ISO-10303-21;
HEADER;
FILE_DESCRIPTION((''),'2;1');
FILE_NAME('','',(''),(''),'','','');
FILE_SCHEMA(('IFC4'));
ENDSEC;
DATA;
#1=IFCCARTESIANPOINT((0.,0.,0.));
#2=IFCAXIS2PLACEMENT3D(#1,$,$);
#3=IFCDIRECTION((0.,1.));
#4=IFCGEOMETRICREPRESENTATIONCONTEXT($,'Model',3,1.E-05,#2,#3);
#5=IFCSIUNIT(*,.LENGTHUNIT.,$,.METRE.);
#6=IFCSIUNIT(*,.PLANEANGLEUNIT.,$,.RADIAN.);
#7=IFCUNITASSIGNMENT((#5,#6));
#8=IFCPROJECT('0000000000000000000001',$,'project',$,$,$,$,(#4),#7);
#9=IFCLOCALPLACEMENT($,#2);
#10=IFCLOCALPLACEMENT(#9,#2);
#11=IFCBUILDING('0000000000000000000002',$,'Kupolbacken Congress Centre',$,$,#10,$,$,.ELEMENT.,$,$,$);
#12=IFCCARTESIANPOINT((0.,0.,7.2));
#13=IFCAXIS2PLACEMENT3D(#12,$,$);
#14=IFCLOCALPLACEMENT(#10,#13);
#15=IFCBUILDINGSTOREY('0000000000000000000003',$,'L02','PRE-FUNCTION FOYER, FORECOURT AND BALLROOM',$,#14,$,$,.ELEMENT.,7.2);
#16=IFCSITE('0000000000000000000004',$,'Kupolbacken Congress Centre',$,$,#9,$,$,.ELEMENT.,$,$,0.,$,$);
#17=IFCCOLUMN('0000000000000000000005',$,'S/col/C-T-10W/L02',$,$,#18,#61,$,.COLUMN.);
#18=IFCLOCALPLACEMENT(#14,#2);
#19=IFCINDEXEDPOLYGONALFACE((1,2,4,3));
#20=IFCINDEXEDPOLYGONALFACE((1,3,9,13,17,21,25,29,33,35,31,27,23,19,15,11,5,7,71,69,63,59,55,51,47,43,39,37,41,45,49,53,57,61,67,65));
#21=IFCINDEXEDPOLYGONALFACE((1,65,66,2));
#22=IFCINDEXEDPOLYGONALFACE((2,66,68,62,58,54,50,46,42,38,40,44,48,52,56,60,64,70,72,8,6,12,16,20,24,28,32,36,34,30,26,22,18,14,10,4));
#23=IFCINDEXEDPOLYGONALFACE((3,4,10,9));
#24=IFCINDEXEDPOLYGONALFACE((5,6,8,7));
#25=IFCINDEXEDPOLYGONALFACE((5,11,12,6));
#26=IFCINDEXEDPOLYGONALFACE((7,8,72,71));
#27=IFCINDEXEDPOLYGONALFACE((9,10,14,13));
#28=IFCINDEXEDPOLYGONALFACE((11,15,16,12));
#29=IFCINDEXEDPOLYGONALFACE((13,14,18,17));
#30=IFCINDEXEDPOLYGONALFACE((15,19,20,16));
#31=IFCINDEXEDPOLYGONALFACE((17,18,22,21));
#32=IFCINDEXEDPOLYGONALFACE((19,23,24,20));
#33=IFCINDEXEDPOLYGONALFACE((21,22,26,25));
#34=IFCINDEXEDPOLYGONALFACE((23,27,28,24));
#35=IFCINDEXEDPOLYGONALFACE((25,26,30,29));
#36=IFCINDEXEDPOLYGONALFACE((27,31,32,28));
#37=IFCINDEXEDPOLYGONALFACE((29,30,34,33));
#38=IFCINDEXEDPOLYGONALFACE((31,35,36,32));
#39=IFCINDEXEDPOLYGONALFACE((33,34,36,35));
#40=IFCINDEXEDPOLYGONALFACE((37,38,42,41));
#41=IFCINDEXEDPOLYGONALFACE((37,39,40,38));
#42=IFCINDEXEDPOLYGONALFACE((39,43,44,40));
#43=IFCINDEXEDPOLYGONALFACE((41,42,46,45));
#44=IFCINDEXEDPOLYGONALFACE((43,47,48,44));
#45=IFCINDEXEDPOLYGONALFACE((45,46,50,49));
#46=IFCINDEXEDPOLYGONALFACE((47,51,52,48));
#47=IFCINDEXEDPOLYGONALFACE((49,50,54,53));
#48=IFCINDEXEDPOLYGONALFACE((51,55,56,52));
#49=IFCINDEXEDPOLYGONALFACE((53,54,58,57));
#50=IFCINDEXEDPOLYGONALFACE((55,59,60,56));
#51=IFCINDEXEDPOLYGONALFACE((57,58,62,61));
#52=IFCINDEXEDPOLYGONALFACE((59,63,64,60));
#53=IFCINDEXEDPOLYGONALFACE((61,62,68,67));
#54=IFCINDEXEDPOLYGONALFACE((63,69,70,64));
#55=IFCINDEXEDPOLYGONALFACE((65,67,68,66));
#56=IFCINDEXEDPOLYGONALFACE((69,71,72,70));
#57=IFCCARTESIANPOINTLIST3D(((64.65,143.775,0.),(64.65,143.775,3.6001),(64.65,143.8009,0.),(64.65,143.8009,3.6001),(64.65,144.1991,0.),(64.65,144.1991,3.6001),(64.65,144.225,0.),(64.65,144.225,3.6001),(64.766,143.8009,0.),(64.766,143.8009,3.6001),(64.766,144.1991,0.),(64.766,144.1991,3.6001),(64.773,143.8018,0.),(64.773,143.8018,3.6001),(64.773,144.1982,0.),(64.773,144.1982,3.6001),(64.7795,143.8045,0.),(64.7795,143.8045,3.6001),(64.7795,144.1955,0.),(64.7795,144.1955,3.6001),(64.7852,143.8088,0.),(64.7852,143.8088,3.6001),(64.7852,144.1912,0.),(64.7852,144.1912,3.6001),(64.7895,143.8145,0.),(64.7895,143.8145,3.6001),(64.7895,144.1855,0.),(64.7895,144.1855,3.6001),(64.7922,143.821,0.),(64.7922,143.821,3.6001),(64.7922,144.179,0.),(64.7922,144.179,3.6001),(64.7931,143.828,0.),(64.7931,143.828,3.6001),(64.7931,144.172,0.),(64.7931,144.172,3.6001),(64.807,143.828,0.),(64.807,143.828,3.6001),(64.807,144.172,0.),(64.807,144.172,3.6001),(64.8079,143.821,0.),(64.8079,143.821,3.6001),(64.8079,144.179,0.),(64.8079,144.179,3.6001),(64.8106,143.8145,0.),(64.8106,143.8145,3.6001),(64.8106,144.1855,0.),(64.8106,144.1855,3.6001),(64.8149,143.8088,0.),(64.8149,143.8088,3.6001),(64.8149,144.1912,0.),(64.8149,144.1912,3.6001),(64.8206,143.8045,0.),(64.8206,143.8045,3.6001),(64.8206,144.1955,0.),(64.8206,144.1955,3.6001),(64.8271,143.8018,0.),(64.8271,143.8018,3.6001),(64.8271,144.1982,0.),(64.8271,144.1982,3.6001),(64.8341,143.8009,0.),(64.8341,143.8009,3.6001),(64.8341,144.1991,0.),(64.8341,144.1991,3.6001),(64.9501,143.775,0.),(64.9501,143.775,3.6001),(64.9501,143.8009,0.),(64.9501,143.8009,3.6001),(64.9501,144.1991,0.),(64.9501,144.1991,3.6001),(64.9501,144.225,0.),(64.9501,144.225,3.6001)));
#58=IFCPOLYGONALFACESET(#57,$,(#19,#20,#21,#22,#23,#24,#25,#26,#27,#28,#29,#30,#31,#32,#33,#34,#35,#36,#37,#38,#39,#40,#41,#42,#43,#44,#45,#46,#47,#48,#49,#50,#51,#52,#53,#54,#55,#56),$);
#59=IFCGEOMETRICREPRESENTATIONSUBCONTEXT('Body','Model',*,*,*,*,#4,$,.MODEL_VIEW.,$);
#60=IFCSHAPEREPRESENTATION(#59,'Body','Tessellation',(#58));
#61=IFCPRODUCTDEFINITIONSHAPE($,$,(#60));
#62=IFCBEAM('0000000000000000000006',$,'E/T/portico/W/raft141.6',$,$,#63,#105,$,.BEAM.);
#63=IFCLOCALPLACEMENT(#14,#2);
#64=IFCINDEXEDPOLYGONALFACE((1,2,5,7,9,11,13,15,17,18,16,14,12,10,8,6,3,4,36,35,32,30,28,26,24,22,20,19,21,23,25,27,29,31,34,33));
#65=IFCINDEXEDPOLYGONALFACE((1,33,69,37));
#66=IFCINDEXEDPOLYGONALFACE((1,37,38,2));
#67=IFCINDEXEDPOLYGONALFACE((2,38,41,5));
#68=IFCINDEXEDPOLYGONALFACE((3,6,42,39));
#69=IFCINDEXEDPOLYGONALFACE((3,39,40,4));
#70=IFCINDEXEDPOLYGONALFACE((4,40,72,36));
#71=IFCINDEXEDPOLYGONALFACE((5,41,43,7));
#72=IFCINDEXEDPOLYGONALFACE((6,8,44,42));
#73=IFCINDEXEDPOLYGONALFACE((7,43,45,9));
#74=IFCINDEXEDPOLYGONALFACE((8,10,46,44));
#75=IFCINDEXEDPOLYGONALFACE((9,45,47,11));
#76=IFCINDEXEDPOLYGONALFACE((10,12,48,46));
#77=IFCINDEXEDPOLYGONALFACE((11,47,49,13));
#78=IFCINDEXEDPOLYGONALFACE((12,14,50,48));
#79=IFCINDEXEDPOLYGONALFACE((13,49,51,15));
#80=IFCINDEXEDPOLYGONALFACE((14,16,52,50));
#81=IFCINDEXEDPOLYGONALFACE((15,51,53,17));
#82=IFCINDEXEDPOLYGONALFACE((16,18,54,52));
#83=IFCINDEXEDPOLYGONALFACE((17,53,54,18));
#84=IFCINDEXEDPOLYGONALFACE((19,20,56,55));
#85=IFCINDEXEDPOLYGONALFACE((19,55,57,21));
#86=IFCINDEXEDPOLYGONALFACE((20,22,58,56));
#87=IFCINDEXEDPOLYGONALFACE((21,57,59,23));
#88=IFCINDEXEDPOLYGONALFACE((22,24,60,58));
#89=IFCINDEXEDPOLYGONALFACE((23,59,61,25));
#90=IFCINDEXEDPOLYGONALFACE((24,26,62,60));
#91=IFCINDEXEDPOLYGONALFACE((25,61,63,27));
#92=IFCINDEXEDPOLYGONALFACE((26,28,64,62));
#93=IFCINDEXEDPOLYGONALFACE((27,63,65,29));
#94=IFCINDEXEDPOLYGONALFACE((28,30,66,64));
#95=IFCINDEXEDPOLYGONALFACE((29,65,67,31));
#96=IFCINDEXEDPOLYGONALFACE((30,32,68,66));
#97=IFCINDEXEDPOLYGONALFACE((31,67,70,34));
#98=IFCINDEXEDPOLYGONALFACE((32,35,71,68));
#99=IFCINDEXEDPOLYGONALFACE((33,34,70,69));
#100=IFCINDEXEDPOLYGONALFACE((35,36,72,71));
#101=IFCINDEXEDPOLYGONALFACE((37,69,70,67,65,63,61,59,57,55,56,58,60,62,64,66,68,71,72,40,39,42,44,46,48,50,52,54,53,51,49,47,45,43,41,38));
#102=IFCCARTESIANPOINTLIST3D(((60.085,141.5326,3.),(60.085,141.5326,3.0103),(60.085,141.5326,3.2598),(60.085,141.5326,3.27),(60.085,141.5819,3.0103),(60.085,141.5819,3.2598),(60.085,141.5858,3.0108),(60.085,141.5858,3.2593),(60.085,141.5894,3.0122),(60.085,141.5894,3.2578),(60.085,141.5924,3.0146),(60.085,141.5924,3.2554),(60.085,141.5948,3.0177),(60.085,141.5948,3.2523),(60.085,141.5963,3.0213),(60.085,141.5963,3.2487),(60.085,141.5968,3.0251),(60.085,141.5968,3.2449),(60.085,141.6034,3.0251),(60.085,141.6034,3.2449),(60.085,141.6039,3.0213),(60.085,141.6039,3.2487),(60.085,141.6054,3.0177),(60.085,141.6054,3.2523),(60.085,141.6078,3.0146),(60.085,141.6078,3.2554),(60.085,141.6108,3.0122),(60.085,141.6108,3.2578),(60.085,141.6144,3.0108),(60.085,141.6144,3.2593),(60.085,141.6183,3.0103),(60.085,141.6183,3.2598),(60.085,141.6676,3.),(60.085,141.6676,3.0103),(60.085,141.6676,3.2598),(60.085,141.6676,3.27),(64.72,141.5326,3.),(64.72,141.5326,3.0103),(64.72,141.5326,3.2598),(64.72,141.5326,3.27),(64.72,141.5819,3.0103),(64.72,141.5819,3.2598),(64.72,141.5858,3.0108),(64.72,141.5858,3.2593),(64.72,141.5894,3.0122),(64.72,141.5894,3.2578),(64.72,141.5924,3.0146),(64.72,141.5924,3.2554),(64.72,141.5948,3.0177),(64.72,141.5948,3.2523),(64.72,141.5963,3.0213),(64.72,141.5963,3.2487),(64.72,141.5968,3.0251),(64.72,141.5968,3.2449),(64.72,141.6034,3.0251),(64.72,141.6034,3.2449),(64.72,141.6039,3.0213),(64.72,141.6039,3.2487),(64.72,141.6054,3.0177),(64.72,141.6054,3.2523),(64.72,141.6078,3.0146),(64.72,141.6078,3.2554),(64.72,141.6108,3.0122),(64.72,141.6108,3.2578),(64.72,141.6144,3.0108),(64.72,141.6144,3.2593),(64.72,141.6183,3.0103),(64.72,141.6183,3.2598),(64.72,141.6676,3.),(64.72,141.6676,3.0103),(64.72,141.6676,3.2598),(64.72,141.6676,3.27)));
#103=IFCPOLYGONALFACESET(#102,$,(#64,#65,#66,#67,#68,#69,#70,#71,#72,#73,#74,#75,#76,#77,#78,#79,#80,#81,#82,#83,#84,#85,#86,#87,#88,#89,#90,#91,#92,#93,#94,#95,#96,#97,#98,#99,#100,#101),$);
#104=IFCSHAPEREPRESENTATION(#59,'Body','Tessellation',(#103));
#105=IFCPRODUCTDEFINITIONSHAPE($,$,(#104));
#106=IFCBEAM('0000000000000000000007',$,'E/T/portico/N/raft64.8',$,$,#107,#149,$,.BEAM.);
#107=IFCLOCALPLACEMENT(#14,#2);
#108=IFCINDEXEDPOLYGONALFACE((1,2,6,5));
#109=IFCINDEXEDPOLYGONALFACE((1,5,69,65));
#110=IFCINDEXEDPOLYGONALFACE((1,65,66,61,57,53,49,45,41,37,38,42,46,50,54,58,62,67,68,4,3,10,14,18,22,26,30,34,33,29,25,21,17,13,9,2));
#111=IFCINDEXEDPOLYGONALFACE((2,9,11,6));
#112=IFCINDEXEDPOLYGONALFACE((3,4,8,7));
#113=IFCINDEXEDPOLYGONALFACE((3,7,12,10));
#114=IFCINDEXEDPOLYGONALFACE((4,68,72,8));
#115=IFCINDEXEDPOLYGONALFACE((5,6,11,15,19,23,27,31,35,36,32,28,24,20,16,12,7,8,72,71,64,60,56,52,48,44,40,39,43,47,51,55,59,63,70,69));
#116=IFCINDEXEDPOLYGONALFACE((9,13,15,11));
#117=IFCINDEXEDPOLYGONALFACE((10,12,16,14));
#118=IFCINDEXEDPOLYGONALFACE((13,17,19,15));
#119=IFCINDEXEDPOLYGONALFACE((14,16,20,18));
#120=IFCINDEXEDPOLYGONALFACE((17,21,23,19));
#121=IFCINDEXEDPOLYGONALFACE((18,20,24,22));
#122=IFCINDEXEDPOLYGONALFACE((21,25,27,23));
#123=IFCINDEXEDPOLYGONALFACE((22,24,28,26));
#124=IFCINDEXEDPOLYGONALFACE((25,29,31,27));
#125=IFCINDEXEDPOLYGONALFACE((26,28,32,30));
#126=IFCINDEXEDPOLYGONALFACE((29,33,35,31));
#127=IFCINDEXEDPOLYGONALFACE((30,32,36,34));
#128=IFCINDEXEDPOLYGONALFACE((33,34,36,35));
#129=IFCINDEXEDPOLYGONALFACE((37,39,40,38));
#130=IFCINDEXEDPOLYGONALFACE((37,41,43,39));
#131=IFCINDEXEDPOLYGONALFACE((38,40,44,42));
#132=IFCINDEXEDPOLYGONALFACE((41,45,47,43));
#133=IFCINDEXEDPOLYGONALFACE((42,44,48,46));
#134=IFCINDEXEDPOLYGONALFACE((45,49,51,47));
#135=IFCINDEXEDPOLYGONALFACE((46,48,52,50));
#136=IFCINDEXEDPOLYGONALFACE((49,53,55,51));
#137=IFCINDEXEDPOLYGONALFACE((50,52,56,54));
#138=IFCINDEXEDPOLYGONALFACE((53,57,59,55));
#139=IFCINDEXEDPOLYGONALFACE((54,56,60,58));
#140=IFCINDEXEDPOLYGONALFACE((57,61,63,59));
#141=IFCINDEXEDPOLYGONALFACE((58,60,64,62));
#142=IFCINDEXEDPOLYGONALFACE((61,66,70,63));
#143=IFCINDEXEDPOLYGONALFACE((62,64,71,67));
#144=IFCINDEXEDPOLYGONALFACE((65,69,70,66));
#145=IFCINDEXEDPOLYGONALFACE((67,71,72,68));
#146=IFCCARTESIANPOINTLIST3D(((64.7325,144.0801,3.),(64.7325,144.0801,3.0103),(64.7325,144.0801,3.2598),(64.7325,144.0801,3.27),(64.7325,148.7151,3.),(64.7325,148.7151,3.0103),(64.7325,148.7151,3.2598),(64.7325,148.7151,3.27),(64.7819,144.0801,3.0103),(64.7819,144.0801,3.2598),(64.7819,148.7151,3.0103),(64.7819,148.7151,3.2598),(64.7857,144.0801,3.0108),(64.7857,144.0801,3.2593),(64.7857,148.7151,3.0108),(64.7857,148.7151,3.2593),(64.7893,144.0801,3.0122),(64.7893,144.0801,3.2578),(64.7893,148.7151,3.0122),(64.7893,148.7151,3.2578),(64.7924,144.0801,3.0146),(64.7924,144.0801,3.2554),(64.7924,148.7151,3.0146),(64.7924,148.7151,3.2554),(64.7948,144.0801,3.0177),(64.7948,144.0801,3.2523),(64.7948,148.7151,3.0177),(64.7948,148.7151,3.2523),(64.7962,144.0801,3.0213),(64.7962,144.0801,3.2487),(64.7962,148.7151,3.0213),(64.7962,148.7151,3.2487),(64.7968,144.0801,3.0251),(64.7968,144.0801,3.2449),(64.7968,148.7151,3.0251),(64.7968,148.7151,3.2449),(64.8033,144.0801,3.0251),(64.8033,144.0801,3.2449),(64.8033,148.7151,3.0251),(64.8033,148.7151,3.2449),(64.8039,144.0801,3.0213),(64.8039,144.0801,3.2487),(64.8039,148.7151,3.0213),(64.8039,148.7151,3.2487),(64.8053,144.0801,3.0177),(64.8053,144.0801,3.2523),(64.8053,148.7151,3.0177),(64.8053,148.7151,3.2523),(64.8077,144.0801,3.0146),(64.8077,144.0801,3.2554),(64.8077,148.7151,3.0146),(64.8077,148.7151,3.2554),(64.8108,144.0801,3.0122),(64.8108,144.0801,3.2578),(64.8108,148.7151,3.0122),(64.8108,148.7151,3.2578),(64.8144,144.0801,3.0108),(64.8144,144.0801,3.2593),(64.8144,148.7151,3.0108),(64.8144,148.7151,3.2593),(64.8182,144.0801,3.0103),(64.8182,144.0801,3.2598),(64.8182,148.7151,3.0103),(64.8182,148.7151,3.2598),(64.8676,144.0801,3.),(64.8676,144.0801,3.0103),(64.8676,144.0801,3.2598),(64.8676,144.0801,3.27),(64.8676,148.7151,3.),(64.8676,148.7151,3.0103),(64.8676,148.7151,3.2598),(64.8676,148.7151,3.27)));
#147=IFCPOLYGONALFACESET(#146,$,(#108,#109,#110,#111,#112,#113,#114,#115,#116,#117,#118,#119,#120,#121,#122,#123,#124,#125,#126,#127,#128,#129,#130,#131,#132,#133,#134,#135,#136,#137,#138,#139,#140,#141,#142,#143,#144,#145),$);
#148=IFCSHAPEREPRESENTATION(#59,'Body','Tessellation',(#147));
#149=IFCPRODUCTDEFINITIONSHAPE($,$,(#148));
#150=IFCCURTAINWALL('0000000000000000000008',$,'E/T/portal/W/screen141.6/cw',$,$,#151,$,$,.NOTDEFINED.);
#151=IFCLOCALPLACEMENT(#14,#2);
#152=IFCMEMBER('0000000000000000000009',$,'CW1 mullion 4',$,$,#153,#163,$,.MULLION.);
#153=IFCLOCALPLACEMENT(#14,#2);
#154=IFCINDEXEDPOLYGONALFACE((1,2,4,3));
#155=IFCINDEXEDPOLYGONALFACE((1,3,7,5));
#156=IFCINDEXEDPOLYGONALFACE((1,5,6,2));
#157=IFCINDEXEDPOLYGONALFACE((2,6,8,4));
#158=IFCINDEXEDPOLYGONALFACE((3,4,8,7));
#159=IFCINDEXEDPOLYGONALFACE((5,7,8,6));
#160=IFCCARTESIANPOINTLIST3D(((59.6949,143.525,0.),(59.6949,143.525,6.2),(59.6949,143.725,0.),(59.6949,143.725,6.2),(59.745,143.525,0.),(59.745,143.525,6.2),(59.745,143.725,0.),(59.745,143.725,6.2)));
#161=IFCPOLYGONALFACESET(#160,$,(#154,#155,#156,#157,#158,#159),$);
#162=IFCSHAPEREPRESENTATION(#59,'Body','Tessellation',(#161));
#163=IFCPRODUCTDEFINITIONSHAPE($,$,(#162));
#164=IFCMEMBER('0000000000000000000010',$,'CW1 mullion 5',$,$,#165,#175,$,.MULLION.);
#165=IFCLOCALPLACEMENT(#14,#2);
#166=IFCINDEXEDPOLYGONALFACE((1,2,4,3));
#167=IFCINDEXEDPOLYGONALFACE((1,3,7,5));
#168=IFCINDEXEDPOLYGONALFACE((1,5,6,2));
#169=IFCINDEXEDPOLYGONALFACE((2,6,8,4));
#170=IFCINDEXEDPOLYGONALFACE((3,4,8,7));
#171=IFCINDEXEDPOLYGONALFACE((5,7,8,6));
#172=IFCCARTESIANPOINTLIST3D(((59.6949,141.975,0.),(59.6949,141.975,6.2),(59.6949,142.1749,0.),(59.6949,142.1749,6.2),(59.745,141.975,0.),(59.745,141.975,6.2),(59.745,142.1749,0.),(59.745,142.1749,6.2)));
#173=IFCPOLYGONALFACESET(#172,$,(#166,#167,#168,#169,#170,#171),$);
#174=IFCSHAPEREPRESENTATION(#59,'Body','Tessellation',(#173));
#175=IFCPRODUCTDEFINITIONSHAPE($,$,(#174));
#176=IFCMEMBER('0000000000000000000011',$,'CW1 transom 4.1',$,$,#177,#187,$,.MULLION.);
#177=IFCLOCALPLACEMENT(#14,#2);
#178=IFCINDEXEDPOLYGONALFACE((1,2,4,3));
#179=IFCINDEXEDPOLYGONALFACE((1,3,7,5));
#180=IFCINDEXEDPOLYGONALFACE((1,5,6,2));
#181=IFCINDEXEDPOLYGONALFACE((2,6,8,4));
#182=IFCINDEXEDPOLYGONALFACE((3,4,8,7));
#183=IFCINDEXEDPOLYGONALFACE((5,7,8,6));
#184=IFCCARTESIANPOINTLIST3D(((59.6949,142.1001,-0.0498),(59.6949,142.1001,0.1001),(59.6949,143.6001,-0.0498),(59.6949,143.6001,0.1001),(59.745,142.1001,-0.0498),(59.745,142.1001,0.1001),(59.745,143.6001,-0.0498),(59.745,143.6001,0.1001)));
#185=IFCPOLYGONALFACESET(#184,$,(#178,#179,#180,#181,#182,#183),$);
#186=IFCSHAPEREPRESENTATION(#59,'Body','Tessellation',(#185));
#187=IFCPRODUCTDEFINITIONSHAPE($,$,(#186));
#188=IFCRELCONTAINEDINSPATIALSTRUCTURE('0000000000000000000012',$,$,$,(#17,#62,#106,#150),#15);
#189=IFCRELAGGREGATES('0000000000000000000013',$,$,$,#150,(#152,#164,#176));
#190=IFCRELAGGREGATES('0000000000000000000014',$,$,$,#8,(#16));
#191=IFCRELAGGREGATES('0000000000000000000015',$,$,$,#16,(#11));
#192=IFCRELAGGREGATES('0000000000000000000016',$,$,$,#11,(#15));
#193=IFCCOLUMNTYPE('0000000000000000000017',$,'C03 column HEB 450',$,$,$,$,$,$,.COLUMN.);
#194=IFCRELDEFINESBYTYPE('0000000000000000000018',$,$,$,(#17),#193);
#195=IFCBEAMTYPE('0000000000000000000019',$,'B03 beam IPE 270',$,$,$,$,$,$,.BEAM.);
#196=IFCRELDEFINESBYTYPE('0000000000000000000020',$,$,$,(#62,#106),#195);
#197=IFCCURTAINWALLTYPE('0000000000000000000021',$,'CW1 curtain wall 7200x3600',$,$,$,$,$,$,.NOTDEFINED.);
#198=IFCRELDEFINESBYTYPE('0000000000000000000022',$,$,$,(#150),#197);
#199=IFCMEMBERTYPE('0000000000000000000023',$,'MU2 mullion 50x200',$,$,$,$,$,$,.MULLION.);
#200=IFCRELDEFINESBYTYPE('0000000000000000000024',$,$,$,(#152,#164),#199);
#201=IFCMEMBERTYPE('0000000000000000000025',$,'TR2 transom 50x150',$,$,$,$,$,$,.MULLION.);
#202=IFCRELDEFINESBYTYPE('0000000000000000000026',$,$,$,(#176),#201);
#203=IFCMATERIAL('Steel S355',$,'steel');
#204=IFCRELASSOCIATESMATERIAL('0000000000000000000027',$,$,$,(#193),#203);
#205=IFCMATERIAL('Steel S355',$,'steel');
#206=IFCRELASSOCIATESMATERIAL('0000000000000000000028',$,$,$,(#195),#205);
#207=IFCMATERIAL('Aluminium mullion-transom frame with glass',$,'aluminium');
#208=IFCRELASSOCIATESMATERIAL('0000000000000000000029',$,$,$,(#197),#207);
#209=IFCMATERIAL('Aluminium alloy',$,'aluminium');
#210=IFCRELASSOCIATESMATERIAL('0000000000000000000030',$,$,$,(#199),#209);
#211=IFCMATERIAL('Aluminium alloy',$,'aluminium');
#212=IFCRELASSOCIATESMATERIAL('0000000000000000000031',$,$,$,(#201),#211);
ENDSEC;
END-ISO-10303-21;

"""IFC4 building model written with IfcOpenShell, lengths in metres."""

from ifc_helpers import new_model, si_unit, direction, frame, origin, origin_2d, place, context, subcontext, project, spatial, rectangle, i_section, extrude, material, material_profile, profile_set, type_object, element, aggregate, save


model = new_model("IFC4")

# Units and contexts
model_context = context("Model", 3, precision=1e-05, world=origin(), true_north=direction((0.0, 1.0)))
body_context = subcontext(model_context, "Body", "Model", "MODEL_VIEW")
ifc_project = project(units=[si_unit("LENGTHUNIT", "METRE"), si_unit("PLANEANGLEUNIT", "RADIAN")], contexts=[model_context])

# Site, building, storey
site_placement = place(None, origin())
site = spatial("IfcSite", under=ifc_project, at=site_placement, Name="Kupolbacken Congress Centre", CompositionType="ELEMENT", RefElevation=0.0)
building_placement = place(site_placement, origin())
building = spatial("IfcBuilding", under=site, at=building_placement, Name="Kupolbacken Congress Centre", CompositionType="ELEMENT")
storey_placement = place(building_placement, frame((0.0, 0.0, 7.2)))
storey = spatial("IfcBuildingStorey", under=building, at=storey_placement, Name="L02", Description="PRE-FUNCTION FOYER, FORECOURT AND BALLROOM", CompositionType="ELEMENT", Elevation=7.2)

# Column
ifc_material_1 = material(Name="Steel S355", Category="steel")
ifc_material_profile_1 = material_profile(ifc_material_1, i_section(OverallWidth=0.3, OverallDepth=0.45, WebThickness=0.0139, FlangeThickness=0.0259, FilletRadius=0.0271, at=origin_2d()), Name="HEB 450")
ifc_profile_set_1 = profile_set([ifc_material_profile_1], Name="Steel S355")
column_type = type_object("IfcColumnType", Name="C03 column HEB 450", PredefinedType="COLUMN", material=ifc_profile_set_1)
column_placement = place(storey_placement, frame((64.8, 144.0, 0.0), z_axis=(0.0, 0.0, 1.0), x_axis=(1.0, 0.0, 0.0)))
element("IfcColumn", 1, at=column_placement, inside=storey, type_object=column_type, Name="S/col/C-T-10W/L02", PredefinedType="COLUMN", context=body_context, shape_type="SweptSolid", body=[
    extrude(i_section(OverallWidth=0.3, OverallDepth=0.45, WebThickness=0.0139, FlangeThickness=0.0259, FilletRadius=0.0271, at=origin_2d()), origin(), (0.0, 0.0, 1.0), 3.6001),
])

# Beams
ifc_material_2 = material(Name="Steel S355", Category="steel")
ifc_material_profile_2 = material_profile(ifc_material_2, i_section(OverallWidth=0.135, OverallDepth=0.27, WebThickness=0.0066, FlangeThickness=0.0103, FilletRadius=0.0149, at=origin_2d()), Name="IPE 270")
ifc_profile_set_2 = profile_set([ifc_material_profile_2], Name="Steel S355")
beam_type = type_object("IfcBeamType", Name="B03 beam IPE 270", PredefinedType="BEAM", material=ifc_profile_set_2)
for number, where, z_axis, x_axis, name in (
    (2, (64.72, 141.6001, 3.135), (-1.0, 0.0, 0.0), (0.0, -1.0, 0.0), "E/T/portico/W/raft141.6"),
    (3, (64.8, 144.0801, 3.135), (0.0, 1.0, 0.0), (-1.0, 0.0, 0.0), "E/T/portico/N/raft64.8"),
):
    element("IfcBeam", number, at=place(storey_placement, frame(where, z_axis=z_axis, x_axis=x_axis)), inside=storey, type_object=beam_type, Name=name, PredefinedType="BEAM", context=body_context, shape_type="SweptSolid", body=[
        extrude(i_section(OverallWidth=0.135, OverallDepth=0.27, WebThickness=0.0066, FlangeThickness=0.0103, FilletRadius=0.0149, at=origin_2d()), origin(), (0.0, 0.0, 1.0), 4.635),
    ])

# Curtain wall, members
ifc_material_3 = material(Name="Aluminium mullion-transom frame with glass", Category="aluminium")
curtain_wall_type = type_object("IfcCurtainWallType", Name="CW1 curtain wall 7200x3600", PredefinedType="NOTDEFINED", material=ifc_material_3)
curtain_wall_placement = place(storey_placement, origin())
curtain_wall = element("IfcCurtainWall", 4, at=curtain_wall_placement, inside=storey, type_object=curtain_wall_type, Name="E/T/portal/W/screen141.6/cw", PredefinedType="NOTDEFINED")
ifc_material_4 = material(Name="Aluminium alloy", Category="aluminium")
ifc_material_profile_3 = material_profile(ifc_material_4, rectangle(XDim=0.05, YDim=0.2, at=origin_2d()), Name="50 x 200")
ifc_profile_set_3 = profile_set([ifc_material_profile_3], Name="Aluminium alloy")
member_type_1 = type_object("IfcMemberType", Name="MU2 mullion 50x200", PredefinedType="MULLION", material=ifc_profile_set_3)
member_1_placement = place(storey_placement, frame((59.72, 143.625, 0.0), z_axis=(0.0, 0.0, 1.0), x_axis=(1.0, 0.0, 0.0)))
member_1 = element("IfcMember", 5, at=member_1_placement, type_object=member_type_1, Name="CW1 mullion 4", PredefinedType="MULLION", context=body_context, shape_type="SweptSolid", body=[
    extrude(rectangle(XDim=0.05, YDim=0.2, at=origin_2d()), origin(), (0.0, 0.0, 1.0), 6.2),
])
member_2_placement = place(storey_placement, frame((59.72, 142.075, 0.0), z_axis=(0.0, 0.0, 1.0), x_axis=(1.0, 0.0, 0.0)))
member_2 = element("IfcMember", 6, at=member_2_placement, type_object=member_type_1, Name="CW1 mullion 5", PredefinedType="MULLION", context=body_context, shape_type="SweptSolid", body=[
    extrude(rectangle(XDim=0.05, YDim=0.2, at=origin_2d()), origin(), (0.0, 0.0, 1.0), 6.2),
])
ifc_material_5 = material(Name="Aluminium alloy", Category="aluminium")
ifc_material_profile_4 = material_profile(ifc_material_5, rectangle(XDim=0.05, YDim=0.1499, at=origin_2d()), Name="50 x 150")
ifc_profile_set_4 = profile_set([ifc_material_profile_4], Name="Aluminium alloy")
member_type_2 = type_object("IfcMemberType", Name="TR2 transom 50x150", PredefinedType="MULLION", material=ifc_profile_set_4)
member_3_placement = place(storey_placement, frame((59.72, 143.6001, 0.0251), z_axis=(0.0, -1.0, 0.0), x_axis=(1.0, 0.0, 0.0)))
member_3 = element("IfcMember", 7, at=member_3_placement, type_object=member_type_2, Name="CW1 transom 4.1", PredefinedType="MULLION", context=body_context, shape_type="SweptSolid", body=[
    extrude(rectangle(XDim=0.05, YDim=0.1499, at=origin_2d()), origin(), (0.0, 0.0, 1.0), 1.5),
])
aggregate(curtain_wall, [member_1, member_2, member_3])

save(model, "model.ifc")
